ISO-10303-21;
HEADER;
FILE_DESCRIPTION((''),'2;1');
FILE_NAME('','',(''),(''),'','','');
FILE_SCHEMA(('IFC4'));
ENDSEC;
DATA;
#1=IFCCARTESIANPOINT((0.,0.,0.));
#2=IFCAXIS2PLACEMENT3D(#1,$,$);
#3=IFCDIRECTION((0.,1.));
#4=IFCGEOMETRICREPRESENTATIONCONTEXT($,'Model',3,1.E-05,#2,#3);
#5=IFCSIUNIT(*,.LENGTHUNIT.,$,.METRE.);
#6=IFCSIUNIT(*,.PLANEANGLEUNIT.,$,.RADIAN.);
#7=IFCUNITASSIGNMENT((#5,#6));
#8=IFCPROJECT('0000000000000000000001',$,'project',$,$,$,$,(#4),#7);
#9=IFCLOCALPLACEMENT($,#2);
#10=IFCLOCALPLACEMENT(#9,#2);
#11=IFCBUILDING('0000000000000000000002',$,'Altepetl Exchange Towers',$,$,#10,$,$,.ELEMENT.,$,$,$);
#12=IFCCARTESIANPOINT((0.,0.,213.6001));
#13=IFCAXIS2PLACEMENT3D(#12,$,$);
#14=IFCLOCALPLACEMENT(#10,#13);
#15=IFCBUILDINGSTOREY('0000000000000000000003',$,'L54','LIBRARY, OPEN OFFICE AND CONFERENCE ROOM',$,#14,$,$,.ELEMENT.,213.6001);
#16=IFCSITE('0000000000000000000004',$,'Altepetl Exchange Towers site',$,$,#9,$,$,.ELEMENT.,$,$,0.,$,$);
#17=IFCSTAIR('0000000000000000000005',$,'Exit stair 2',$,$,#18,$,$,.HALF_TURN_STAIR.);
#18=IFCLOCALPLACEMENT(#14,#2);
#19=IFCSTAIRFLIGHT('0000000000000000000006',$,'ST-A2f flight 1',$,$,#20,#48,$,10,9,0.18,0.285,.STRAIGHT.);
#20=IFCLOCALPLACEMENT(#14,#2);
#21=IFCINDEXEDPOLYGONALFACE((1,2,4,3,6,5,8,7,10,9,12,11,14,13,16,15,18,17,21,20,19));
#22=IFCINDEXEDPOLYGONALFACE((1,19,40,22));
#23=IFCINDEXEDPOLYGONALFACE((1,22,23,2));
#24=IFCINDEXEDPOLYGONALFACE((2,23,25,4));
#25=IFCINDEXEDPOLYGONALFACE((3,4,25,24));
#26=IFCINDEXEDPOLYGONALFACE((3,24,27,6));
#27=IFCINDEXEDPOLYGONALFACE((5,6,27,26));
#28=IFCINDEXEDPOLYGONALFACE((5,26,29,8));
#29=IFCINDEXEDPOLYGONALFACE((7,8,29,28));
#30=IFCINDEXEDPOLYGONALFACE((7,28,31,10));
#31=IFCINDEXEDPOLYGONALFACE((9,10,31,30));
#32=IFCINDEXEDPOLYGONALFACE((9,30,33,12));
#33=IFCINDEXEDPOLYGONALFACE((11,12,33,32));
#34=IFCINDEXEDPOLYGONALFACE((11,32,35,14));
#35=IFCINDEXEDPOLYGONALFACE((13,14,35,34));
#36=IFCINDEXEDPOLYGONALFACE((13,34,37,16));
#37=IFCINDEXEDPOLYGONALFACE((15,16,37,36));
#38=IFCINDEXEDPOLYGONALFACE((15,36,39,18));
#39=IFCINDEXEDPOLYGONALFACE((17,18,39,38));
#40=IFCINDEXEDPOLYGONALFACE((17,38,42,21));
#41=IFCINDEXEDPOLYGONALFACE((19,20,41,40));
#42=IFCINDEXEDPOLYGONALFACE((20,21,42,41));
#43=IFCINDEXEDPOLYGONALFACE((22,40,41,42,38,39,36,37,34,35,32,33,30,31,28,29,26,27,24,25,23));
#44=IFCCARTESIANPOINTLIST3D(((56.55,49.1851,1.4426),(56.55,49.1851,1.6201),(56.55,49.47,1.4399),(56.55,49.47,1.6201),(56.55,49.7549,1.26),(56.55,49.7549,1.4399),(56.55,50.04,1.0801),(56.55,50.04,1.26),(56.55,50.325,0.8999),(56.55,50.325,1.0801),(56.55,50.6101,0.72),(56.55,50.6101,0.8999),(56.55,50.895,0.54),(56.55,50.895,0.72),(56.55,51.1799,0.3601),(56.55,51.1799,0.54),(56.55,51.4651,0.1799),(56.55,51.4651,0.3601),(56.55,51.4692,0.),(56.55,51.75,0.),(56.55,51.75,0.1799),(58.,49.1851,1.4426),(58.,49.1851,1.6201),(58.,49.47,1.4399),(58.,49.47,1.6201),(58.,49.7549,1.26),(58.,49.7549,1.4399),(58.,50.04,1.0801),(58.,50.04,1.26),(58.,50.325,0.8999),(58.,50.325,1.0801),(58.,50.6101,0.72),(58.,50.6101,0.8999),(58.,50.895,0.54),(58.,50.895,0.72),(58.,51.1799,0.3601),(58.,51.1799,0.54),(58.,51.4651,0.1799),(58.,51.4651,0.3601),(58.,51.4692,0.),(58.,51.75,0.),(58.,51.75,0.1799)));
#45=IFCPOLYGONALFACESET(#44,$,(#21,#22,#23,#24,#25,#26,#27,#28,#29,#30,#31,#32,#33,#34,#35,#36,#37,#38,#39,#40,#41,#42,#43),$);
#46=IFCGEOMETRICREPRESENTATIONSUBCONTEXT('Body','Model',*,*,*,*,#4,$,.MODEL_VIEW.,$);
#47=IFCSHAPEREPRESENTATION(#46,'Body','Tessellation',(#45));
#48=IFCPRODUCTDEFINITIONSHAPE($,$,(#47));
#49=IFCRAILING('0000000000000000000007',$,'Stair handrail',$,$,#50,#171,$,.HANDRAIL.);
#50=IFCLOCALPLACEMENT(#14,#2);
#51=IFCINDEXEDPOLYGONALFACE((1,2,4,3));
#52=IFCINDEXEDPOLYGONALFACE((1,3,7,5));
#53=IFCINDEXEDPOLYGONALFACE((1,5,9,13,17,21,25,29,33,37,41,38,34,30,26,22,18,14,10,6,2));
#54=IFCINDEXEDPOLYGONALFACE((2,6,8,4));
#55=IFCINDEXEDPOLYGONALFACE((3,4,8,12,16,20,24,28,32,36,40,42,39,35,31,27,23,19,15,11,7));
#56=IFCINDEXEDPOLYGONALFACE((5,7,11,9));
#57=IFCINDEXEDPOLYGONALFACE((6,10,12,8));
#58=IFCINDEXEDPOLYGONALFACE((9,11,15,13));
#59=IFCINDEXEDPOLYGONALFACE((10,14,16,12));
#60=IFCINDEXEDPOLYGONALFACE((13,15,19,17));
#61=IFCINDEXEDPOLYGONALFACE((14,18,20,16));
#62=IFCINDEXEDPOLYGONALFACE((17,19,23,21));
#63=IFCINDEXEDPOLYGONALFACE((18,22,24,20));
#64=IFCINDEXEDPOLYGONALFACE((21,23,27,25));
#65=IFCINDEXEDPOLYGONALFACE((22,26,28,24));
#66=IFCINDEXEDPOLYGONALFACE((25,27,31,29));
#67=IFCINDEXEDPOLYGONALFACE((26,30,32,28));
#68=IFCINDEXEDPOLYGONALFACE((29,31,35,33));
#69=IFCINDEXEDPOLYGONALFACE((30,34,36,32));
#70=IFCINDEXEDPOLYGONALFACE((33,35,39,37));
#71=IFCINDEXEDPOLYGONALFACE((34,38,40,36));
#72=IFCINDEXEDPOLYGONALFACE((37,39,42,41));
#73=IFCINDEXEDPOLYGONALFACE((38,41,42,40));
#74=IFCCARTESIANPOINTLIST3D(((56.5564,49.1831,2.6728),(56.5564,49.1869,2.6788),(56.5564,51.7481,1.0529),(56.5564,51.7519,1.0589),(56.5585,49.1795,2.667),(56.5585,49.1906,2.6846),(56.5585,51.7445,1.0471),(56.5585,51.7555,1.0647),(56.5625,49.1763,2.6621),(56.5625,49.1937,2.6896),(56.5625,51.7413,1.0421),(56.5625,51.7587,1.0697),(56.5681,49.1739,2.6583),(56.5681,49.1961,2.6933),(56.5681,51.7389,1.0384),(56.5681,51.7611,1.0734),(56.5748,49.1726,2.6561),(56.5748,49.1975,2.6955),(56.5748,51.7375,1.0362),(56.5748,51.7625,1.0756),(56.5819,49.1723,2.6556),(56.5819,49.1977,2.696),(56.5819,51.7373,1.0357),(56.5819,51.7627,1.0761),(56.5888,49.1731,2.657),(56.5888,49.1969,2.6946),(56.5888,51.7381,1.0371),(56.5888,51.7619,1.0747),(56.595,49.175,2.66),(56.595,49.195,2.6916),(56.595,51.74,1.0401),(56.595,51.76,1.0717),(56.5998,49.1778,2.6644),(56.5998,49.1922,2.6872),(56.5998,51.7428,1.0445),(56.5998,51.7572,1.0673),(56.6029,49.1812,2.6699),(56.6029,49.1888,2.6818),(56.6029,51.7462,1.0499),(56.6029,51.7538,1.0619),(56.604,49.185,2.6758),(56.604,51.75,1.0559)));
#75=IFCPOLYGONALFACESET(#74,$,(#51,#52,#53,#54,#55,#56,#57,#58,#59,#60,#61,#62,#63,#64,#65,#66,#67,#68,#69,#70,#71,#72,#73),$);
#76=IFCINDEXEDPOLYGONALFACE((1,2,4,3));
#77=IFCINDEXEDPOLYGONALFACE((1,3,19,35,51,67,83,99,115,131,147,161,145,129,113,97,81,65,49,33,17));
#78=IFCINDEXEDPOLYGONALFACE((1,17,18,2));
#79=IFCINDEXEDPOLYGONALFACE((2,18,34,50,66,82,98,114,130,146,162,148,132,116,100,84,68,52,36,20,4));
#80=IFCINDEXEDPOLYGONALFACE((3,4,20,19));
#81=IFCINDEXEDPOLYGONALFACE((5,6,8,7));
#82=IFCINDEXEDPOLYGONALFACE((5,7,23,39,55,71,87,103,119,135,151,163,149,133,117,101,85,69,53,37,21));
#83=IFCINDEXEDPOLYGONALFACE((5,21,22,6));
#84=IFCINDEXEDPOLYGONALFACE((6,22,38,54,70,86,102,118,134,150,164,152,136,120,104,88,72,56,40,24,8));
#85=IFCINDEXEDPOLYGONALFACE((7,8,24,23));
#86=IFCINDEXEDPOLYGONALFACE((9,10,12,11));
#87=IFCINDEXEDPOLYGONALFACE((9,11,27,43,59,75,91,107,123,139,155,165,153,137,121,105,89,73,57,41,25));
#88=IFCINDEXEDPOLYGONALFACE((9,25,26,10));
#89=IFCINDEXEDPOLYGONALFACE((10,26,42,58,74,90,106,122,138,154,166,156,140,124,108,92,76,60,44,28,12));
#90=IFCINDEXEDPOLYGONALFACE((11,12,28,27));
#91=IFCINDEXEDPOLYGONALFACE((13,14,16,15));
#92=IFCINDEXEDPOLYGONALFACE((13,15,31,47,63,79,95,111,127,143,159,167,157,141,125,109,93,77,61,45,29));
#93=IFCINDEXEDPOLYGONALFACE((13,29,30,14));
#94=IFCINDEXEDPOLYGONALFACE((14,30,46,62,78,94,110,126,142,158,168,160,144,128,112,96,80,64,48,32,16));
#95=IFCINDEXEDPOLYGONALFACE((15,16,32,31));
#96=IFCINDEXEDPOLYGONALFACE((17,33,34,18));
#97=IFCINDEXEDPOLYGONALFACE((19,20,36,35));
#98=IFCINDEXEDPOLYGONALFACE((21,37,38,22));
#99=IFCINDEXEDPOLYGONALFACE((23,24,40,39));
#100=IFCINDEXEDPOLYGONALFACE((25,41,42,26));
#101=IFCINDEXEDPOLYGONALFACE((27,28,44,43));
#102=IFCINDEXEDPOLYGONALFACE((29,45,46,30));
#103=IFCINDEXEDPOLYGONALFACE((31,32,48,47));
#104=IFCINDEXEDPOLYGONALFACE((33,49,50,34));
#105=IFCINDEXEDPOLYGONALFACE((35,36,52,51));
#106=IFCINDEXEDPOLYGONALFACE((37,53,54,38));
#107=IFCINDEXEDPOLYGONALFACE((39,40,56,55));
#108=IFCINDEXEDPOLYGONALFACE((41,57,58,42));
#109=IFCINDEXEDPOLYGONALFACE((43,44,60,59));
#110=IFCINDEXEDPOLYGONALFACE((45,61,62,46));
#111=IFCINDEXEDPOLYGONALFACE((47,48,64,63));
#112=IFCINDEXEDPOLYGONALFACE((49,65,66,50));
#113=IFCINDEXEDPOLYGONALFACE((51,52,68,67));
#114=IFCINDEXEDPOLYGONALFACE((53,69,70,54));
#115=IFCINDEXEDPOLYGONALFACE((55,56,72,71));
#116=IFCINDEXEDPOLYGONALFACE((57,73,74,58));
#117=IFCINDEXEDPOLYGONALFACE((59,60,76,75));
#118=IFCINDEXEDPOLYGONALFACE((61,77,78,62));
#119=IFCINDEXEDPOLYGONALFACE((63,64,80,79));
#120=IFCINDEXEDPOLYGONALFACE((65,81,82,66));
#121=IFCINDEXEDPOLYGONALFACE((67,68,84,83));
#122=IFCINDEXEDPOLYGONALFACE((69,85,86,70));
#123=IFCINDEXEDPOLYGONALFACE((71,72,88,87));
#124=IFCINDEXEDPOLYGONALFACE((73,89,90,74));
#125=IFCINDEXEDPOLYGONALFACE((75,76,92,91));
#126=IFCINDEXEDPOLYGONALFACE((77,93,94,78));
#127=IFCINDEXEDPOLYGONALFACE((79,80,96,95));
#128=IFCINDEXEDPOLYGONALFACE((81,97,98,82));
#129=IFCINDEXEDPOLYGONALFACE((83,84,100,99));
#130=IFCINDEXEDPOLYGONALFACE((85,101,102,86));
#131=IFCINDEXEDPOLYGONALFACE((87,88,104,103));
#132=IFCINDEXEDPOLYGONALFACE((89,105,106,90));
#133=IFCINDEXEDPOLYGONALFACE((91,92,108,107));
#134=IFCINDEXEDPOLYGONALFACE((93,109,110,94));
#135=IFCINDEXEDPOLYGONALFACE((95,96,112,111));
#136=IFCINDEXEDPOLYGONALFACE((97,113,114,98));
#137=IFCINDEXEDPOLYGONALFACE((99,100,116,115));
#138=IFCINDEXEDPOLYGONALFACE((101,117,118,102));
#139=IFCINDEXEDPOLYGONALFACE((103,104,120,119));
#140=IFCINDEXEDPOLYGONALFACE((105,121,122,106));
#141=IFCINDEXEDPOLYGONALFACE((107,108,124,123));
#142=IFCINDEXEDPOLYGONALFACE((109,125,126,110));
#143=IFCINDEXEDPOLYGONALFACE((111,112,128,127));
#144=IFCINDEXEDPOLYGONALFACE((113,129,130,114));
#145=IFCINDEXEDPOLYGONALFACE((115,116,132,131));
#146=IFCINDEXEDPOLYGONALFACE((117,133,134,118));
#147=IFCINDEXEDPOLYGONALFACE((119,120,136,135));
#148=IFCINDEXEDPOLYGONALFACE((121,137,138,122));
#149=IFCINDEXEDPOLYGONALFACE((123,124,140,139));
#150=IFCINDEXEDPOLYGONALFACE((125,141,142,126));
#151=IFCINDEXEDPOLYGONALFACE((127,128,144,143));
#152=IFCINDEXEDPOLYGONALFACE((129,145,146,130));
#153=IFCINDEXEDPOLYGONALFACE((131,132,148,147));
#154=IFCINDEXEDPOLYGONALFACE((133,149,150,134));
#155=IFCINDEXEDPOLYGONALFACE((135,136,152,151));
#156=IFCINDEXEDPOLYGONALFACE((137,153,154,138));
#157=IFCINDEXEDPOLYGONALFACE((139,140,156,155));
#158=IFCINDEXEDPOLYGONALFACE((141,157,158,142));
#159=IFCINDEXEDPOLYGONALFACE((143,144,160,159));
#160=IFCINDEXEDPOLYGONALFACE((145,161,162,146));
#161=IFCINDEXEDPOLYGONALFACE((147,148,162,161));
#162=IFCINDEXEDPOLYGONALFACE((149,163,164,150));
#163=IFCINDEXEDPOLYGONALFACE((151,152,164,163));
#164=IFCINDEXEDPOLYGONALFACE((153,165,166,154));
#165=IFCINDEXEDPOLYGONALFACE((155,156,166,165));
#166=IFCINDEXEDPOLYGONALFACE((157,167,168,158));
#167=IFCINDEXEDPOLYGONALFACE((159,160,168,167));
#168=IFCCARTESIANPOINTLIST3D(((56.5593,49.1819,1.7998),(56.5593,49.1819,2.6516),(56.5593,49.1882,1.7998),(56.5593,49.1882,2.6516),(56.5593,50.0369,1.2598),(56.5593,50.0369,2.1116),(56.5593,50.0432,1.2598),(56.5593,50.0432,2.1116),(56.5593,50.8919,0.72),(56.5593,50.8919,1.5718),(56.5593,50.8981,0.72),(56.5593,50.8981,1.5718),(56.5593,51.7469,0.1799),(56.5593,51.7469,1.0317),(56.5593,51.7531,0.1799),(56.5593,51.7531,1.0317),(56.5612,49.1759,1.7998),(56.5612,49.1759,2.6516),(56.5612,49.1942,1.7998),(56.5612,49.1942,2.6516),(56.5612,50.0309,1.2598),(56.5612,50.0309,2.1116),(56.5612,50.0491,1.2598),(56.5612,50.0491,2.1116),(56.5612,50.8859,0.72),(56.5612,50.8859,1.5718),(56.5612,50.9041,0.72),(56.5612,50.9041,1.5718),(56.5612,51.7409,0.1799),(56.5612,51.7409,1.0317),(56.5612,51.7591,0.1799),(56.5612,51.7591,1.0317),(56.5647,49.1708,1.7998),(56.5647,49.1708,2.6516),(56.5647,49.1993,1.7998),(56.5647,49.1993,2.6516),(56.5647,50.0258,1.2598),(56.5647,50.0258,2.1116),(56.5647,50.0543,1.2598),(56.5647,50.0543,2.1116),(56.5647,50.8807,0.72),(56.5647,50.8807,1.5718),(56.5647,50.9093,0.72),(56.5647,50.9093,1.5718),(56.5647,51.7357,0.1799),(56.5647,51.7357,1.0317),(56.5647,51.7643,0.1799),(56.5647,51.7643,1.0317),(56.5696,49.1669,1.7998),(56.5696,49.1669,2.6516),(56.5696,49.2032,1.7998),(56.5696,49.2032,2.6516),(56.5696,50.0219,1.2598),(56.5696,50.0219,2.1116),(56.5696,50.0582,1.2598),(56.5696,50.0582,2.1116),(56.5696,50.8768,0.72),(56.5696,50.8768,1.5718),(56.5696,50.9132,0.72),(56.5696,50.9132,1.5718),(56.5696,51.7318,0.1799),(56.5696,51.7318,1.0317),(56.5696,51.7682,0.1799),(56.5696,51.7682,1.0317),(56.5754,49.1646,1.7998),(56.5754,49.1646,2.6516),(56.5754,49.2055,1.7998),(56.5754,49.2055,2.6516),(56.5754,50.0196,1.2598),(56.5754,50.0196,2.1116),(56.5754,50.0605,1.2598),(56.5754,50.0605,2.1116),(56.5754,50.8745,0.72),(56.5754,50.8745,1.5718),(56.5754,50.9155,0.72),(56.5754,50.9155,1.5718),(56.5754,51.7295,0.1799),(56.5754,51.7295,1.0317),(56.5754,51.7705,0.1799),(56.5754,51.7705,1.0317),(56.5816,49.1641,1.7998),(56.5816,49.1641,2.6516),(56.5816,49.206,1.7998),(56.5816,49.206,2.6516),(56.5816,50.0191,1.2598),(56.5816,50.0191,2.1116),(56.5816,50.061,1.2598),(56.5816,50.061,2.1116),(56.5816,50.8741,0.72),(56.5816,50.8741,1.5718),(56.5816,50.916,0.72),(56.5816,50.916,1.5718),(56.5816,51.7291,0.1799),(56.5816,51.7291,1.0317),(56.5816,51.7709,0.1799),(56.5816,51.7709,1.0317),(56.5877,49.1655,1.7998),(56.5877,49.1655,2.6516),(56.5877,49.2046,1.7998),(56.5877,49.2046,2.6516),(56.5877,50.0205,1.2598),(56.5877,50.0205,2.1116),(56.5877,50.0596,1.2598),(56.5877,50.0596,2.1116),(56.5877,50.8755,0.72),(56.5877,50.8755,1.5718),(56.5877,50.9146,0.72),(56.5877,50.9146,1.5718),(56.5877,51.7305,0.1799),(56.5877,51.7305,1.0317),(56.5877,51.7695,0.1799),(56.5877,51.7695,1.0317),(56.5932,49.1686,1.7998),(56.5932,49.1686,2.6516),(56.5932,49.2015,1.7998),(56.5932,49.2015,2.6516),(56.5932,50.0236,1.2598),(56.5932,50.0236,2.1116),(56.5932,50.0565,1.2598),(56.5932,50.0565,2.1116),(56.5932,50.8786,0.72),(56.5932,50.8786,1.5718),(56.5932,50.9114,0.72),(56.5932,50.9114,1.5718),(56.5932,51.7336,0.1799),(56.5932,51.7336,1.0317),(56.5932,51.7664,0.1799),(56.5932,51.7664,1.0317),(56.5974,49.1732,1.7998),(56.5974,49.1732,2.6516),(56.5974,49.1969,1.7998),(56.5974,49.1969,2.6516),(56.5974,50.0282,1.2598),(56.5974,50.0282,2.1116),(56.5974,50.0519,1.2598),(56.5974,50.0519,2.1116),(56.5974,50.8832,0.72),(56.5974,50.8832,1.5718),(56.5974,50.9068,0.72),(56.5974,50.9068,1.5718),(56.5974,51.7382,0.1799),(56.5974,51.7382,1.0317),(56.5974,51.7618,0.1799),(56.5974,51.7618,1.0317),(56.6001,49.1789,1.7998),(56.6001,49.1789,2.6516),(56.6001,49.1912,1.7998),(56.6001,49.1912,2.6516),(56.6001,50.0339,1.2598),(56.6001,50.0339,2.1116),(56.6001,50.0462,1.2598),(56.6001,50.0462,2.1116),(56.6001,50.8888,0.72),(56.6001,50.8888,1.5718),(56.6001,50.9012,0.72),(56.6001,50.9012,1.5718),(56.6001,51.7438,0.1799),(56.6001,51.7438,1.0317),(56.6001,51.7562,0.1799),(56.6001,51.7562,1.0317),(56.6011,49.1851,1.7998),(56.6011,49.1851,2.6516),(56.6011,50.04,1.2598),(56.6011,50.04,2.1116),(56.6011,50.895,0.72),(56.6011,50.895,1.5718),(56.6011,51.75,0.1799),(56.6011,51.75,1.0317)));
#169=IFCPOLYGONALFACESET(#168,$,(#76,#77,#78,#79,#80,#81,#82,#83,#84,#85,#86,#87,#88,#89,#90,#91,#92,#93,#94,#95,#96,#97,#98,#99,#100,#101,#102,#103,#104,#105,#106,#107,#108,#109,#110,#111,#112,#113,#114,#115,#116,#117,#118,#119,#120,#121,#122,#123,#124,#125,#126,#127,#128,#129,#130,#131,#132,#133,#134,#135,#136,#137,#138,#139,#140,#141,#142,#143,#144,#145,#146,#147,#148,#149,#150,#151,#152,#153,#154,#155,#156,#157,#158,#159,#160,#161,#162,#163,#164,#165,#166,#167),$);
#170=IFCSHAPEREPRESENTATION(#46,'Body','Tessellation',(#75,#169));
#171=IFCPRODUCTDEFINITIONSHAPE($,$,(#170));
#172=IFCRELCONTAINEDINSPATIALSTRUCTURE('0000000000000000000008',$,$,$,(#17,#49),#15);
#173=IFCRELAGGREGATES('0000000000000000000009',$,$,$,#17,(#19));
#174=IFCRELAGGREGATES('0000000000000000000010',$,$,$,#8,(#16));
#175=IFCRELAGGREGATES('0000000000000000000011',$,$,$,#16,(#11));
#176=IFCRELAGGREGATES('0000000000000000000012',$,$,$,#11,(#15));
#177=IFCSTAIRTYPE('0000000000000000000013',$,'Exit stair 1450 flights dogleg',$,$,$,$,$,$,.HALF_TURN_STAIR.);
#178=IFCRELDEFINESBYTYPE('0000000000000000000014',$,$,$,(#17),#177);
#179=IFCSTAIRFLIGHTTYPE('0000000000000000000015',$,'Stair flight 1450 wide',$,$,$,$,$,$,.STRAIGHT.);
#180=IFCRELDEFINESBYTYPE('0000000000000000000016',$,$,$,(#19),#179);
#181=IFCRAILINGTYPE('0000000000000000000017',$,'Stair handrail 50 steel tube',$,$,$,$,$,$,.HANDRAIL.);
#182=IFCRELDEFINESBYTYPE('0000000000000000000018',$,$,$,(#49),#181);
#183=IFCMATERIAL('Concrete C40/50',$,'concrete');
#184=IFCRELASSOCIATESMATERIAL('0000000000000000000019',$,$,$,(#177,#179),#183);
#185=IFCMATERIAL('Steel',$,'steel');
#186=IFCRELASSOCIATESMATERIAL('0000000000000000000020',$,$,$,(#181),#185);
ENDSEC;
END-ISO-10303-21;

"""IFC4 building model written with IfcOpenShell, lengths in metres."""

from ifc_helpers import new_model, si_unit, direction, frame, origin, origin_2d, place, context, subcontext, project, spatial, polyline, circle, outline, extrude, source, transform, mapped, material, type_object, element, aggregate, save


model = new_model("IFC4")

# Units and contexts
model_context = context("Model", 3, precision=1e-05, world=origin(), true_north=direction((0.0, 1.0)))
body_context = subcontext(model_context, "Body", "Model", "MODEL_VIEW")
ifc_project = project(units=[si_unit("LENGTHUNIT", "METRE"), si_unit("PLANEANGLEUNIT", "RADIAN")], contexts=[model_context])

# Site, building, storey
site_placement = place(None, origin())
site = spatial("IfcSite", under=ifc_project, at=site_placement, Name="Altepetl Exchange Towers site", CompositionType="ELEMENT", RefElevation=0.0)
building_placement = place(site_placement, origin())
building = spatial("IfcBuilding", under=site, at=building_placement, Name="Altepetl Exchange Towers", CompositionType="ELEMENT")
storey_placement = place(building_placement, frame((0.0, 0.0, 213.6001)))
storey = spatial("IfcBuildingStorey", under=building, at=storey_placement, Name="L54", Description="LIBRARY, OPEN OFFICE AND CONFERENCE ROOM", CompositionType="ELEMENT", Elevation=213.6001)

# Shared definitions
ifc_material_1 = material(Name="Concrete C40/50", Category="concrete")

# Stair, stair flight
stair_type = type_object("IfcStairType", Name="Exit stair 1450 flights dogleg", PredefinedType="HALF_TURN_STAIR", material=ifc_material_1)
stair_placement = place(storey_placement, origin())
stair = element("IfcStair", 1, at=stair_placement, inside=storey, type_object=stair_type, Name="Exit stair 2", PredefinedType="HALF_TURN_STAIR")
stair_flight_type = type_object("IfcStairFlightType", Name="Stair flight 1450 wide", PredefinedType="STRAIGHT", material=ifc_material_1)
stair_flight_placement = place(storey_placement, frame((57.2749, 51.75, 0.0), z_axis=(0.0, 0.0, 1.0), x_axis=(0.0, -1.0, 0.0)))
stair_flight = element("IfcStairFlight", 2, at=stair_flight_placement, type_object=stair_flight_type, Name="ST-A2f flight 1", NumberOfRisers=10, NumberOfTreads=9, PredefinedType="STRAIGHT", RiserHeight=0.18, TreadLength=0.285, context=body_context, shape_type="SweptSolid", body=[
    extrude(outline(polyline([(0.0, 0.0), (0.0, 0.1799), (0.2849, 0.1799), (0.2849, 0.3601), (0.5701, 0.3601), (0.5701, 0.54), (0.855, 0.54), (0.855, 0.72), (1.1399, 0.72), (1.1399, 0.8999), (1.425, 0.8999), (1.425, 1.0801), (1.71, 1.0801), (1.71, 1.26), (1.9951, 1.26), (1.9951, 1.4399), (2.28, 1.4399), (2.28, 1.6201), (2.5649, 1.6201), (2.5649, 1.8), (2.5649, 1.4426), (0.2808, 0.0), (0.0, 0.0)])), frame((0.0, 0.7251, 0.0), z_axis=(0.0, -1.0, 0.0), x_axis=(1.0, 0.0, 0.0)), (0.0, 0.0, 1.0), 1.45),
])
aggregate(stair, [stair_flight])

# Railing
ifc_material_2 = material(Name="Steel", Category="steel")
railing_type = type_object("IfcRailingType", Name="Stair handrail 50 steel tube", PredefinedType="HANDRAIL", material=ifc_material_2)
shared_shape = source(origin(), body_context, "Body", "SweptSolid", [
    extrude(circle(Radius=0.021, at=origin_2d()), origin(), (0.0, 0.0, 1.0), 0.8518),
])
railing_placement = place(storey_placement, frame((56.5801, 51.75, 0.1799)))
element("IfcRailing", 3, at=railing_placement, inside=storey, type_object=railing_type, Name="Stair handrail", PredefinedType="HANDRAIL", context=body_context, shape_type="SweptSolid", body=[
    extrude(circle(Radius=0.0239, at=origin_2d()), frame((0.0, 0.0, 0.876), z_axis=(0.0, -0.845502, 0.533972), x_axis=(1.0, 0.0, 0.0)), (0.0, 0.0, 1.0), 3.0337),
    mapped(shared_shape, transform((0.0, 0.0, 0.0))),
    mapped(shared_shape, transform((0.0, -0.855, 0.54))),
    mapped(shared_shape, transform((0.0, -1.71, 1.0798))),
    mapped(shared_shape, transform((0.0, -2.5649, 1.6199))),
])

save(model, "model.ifc")
